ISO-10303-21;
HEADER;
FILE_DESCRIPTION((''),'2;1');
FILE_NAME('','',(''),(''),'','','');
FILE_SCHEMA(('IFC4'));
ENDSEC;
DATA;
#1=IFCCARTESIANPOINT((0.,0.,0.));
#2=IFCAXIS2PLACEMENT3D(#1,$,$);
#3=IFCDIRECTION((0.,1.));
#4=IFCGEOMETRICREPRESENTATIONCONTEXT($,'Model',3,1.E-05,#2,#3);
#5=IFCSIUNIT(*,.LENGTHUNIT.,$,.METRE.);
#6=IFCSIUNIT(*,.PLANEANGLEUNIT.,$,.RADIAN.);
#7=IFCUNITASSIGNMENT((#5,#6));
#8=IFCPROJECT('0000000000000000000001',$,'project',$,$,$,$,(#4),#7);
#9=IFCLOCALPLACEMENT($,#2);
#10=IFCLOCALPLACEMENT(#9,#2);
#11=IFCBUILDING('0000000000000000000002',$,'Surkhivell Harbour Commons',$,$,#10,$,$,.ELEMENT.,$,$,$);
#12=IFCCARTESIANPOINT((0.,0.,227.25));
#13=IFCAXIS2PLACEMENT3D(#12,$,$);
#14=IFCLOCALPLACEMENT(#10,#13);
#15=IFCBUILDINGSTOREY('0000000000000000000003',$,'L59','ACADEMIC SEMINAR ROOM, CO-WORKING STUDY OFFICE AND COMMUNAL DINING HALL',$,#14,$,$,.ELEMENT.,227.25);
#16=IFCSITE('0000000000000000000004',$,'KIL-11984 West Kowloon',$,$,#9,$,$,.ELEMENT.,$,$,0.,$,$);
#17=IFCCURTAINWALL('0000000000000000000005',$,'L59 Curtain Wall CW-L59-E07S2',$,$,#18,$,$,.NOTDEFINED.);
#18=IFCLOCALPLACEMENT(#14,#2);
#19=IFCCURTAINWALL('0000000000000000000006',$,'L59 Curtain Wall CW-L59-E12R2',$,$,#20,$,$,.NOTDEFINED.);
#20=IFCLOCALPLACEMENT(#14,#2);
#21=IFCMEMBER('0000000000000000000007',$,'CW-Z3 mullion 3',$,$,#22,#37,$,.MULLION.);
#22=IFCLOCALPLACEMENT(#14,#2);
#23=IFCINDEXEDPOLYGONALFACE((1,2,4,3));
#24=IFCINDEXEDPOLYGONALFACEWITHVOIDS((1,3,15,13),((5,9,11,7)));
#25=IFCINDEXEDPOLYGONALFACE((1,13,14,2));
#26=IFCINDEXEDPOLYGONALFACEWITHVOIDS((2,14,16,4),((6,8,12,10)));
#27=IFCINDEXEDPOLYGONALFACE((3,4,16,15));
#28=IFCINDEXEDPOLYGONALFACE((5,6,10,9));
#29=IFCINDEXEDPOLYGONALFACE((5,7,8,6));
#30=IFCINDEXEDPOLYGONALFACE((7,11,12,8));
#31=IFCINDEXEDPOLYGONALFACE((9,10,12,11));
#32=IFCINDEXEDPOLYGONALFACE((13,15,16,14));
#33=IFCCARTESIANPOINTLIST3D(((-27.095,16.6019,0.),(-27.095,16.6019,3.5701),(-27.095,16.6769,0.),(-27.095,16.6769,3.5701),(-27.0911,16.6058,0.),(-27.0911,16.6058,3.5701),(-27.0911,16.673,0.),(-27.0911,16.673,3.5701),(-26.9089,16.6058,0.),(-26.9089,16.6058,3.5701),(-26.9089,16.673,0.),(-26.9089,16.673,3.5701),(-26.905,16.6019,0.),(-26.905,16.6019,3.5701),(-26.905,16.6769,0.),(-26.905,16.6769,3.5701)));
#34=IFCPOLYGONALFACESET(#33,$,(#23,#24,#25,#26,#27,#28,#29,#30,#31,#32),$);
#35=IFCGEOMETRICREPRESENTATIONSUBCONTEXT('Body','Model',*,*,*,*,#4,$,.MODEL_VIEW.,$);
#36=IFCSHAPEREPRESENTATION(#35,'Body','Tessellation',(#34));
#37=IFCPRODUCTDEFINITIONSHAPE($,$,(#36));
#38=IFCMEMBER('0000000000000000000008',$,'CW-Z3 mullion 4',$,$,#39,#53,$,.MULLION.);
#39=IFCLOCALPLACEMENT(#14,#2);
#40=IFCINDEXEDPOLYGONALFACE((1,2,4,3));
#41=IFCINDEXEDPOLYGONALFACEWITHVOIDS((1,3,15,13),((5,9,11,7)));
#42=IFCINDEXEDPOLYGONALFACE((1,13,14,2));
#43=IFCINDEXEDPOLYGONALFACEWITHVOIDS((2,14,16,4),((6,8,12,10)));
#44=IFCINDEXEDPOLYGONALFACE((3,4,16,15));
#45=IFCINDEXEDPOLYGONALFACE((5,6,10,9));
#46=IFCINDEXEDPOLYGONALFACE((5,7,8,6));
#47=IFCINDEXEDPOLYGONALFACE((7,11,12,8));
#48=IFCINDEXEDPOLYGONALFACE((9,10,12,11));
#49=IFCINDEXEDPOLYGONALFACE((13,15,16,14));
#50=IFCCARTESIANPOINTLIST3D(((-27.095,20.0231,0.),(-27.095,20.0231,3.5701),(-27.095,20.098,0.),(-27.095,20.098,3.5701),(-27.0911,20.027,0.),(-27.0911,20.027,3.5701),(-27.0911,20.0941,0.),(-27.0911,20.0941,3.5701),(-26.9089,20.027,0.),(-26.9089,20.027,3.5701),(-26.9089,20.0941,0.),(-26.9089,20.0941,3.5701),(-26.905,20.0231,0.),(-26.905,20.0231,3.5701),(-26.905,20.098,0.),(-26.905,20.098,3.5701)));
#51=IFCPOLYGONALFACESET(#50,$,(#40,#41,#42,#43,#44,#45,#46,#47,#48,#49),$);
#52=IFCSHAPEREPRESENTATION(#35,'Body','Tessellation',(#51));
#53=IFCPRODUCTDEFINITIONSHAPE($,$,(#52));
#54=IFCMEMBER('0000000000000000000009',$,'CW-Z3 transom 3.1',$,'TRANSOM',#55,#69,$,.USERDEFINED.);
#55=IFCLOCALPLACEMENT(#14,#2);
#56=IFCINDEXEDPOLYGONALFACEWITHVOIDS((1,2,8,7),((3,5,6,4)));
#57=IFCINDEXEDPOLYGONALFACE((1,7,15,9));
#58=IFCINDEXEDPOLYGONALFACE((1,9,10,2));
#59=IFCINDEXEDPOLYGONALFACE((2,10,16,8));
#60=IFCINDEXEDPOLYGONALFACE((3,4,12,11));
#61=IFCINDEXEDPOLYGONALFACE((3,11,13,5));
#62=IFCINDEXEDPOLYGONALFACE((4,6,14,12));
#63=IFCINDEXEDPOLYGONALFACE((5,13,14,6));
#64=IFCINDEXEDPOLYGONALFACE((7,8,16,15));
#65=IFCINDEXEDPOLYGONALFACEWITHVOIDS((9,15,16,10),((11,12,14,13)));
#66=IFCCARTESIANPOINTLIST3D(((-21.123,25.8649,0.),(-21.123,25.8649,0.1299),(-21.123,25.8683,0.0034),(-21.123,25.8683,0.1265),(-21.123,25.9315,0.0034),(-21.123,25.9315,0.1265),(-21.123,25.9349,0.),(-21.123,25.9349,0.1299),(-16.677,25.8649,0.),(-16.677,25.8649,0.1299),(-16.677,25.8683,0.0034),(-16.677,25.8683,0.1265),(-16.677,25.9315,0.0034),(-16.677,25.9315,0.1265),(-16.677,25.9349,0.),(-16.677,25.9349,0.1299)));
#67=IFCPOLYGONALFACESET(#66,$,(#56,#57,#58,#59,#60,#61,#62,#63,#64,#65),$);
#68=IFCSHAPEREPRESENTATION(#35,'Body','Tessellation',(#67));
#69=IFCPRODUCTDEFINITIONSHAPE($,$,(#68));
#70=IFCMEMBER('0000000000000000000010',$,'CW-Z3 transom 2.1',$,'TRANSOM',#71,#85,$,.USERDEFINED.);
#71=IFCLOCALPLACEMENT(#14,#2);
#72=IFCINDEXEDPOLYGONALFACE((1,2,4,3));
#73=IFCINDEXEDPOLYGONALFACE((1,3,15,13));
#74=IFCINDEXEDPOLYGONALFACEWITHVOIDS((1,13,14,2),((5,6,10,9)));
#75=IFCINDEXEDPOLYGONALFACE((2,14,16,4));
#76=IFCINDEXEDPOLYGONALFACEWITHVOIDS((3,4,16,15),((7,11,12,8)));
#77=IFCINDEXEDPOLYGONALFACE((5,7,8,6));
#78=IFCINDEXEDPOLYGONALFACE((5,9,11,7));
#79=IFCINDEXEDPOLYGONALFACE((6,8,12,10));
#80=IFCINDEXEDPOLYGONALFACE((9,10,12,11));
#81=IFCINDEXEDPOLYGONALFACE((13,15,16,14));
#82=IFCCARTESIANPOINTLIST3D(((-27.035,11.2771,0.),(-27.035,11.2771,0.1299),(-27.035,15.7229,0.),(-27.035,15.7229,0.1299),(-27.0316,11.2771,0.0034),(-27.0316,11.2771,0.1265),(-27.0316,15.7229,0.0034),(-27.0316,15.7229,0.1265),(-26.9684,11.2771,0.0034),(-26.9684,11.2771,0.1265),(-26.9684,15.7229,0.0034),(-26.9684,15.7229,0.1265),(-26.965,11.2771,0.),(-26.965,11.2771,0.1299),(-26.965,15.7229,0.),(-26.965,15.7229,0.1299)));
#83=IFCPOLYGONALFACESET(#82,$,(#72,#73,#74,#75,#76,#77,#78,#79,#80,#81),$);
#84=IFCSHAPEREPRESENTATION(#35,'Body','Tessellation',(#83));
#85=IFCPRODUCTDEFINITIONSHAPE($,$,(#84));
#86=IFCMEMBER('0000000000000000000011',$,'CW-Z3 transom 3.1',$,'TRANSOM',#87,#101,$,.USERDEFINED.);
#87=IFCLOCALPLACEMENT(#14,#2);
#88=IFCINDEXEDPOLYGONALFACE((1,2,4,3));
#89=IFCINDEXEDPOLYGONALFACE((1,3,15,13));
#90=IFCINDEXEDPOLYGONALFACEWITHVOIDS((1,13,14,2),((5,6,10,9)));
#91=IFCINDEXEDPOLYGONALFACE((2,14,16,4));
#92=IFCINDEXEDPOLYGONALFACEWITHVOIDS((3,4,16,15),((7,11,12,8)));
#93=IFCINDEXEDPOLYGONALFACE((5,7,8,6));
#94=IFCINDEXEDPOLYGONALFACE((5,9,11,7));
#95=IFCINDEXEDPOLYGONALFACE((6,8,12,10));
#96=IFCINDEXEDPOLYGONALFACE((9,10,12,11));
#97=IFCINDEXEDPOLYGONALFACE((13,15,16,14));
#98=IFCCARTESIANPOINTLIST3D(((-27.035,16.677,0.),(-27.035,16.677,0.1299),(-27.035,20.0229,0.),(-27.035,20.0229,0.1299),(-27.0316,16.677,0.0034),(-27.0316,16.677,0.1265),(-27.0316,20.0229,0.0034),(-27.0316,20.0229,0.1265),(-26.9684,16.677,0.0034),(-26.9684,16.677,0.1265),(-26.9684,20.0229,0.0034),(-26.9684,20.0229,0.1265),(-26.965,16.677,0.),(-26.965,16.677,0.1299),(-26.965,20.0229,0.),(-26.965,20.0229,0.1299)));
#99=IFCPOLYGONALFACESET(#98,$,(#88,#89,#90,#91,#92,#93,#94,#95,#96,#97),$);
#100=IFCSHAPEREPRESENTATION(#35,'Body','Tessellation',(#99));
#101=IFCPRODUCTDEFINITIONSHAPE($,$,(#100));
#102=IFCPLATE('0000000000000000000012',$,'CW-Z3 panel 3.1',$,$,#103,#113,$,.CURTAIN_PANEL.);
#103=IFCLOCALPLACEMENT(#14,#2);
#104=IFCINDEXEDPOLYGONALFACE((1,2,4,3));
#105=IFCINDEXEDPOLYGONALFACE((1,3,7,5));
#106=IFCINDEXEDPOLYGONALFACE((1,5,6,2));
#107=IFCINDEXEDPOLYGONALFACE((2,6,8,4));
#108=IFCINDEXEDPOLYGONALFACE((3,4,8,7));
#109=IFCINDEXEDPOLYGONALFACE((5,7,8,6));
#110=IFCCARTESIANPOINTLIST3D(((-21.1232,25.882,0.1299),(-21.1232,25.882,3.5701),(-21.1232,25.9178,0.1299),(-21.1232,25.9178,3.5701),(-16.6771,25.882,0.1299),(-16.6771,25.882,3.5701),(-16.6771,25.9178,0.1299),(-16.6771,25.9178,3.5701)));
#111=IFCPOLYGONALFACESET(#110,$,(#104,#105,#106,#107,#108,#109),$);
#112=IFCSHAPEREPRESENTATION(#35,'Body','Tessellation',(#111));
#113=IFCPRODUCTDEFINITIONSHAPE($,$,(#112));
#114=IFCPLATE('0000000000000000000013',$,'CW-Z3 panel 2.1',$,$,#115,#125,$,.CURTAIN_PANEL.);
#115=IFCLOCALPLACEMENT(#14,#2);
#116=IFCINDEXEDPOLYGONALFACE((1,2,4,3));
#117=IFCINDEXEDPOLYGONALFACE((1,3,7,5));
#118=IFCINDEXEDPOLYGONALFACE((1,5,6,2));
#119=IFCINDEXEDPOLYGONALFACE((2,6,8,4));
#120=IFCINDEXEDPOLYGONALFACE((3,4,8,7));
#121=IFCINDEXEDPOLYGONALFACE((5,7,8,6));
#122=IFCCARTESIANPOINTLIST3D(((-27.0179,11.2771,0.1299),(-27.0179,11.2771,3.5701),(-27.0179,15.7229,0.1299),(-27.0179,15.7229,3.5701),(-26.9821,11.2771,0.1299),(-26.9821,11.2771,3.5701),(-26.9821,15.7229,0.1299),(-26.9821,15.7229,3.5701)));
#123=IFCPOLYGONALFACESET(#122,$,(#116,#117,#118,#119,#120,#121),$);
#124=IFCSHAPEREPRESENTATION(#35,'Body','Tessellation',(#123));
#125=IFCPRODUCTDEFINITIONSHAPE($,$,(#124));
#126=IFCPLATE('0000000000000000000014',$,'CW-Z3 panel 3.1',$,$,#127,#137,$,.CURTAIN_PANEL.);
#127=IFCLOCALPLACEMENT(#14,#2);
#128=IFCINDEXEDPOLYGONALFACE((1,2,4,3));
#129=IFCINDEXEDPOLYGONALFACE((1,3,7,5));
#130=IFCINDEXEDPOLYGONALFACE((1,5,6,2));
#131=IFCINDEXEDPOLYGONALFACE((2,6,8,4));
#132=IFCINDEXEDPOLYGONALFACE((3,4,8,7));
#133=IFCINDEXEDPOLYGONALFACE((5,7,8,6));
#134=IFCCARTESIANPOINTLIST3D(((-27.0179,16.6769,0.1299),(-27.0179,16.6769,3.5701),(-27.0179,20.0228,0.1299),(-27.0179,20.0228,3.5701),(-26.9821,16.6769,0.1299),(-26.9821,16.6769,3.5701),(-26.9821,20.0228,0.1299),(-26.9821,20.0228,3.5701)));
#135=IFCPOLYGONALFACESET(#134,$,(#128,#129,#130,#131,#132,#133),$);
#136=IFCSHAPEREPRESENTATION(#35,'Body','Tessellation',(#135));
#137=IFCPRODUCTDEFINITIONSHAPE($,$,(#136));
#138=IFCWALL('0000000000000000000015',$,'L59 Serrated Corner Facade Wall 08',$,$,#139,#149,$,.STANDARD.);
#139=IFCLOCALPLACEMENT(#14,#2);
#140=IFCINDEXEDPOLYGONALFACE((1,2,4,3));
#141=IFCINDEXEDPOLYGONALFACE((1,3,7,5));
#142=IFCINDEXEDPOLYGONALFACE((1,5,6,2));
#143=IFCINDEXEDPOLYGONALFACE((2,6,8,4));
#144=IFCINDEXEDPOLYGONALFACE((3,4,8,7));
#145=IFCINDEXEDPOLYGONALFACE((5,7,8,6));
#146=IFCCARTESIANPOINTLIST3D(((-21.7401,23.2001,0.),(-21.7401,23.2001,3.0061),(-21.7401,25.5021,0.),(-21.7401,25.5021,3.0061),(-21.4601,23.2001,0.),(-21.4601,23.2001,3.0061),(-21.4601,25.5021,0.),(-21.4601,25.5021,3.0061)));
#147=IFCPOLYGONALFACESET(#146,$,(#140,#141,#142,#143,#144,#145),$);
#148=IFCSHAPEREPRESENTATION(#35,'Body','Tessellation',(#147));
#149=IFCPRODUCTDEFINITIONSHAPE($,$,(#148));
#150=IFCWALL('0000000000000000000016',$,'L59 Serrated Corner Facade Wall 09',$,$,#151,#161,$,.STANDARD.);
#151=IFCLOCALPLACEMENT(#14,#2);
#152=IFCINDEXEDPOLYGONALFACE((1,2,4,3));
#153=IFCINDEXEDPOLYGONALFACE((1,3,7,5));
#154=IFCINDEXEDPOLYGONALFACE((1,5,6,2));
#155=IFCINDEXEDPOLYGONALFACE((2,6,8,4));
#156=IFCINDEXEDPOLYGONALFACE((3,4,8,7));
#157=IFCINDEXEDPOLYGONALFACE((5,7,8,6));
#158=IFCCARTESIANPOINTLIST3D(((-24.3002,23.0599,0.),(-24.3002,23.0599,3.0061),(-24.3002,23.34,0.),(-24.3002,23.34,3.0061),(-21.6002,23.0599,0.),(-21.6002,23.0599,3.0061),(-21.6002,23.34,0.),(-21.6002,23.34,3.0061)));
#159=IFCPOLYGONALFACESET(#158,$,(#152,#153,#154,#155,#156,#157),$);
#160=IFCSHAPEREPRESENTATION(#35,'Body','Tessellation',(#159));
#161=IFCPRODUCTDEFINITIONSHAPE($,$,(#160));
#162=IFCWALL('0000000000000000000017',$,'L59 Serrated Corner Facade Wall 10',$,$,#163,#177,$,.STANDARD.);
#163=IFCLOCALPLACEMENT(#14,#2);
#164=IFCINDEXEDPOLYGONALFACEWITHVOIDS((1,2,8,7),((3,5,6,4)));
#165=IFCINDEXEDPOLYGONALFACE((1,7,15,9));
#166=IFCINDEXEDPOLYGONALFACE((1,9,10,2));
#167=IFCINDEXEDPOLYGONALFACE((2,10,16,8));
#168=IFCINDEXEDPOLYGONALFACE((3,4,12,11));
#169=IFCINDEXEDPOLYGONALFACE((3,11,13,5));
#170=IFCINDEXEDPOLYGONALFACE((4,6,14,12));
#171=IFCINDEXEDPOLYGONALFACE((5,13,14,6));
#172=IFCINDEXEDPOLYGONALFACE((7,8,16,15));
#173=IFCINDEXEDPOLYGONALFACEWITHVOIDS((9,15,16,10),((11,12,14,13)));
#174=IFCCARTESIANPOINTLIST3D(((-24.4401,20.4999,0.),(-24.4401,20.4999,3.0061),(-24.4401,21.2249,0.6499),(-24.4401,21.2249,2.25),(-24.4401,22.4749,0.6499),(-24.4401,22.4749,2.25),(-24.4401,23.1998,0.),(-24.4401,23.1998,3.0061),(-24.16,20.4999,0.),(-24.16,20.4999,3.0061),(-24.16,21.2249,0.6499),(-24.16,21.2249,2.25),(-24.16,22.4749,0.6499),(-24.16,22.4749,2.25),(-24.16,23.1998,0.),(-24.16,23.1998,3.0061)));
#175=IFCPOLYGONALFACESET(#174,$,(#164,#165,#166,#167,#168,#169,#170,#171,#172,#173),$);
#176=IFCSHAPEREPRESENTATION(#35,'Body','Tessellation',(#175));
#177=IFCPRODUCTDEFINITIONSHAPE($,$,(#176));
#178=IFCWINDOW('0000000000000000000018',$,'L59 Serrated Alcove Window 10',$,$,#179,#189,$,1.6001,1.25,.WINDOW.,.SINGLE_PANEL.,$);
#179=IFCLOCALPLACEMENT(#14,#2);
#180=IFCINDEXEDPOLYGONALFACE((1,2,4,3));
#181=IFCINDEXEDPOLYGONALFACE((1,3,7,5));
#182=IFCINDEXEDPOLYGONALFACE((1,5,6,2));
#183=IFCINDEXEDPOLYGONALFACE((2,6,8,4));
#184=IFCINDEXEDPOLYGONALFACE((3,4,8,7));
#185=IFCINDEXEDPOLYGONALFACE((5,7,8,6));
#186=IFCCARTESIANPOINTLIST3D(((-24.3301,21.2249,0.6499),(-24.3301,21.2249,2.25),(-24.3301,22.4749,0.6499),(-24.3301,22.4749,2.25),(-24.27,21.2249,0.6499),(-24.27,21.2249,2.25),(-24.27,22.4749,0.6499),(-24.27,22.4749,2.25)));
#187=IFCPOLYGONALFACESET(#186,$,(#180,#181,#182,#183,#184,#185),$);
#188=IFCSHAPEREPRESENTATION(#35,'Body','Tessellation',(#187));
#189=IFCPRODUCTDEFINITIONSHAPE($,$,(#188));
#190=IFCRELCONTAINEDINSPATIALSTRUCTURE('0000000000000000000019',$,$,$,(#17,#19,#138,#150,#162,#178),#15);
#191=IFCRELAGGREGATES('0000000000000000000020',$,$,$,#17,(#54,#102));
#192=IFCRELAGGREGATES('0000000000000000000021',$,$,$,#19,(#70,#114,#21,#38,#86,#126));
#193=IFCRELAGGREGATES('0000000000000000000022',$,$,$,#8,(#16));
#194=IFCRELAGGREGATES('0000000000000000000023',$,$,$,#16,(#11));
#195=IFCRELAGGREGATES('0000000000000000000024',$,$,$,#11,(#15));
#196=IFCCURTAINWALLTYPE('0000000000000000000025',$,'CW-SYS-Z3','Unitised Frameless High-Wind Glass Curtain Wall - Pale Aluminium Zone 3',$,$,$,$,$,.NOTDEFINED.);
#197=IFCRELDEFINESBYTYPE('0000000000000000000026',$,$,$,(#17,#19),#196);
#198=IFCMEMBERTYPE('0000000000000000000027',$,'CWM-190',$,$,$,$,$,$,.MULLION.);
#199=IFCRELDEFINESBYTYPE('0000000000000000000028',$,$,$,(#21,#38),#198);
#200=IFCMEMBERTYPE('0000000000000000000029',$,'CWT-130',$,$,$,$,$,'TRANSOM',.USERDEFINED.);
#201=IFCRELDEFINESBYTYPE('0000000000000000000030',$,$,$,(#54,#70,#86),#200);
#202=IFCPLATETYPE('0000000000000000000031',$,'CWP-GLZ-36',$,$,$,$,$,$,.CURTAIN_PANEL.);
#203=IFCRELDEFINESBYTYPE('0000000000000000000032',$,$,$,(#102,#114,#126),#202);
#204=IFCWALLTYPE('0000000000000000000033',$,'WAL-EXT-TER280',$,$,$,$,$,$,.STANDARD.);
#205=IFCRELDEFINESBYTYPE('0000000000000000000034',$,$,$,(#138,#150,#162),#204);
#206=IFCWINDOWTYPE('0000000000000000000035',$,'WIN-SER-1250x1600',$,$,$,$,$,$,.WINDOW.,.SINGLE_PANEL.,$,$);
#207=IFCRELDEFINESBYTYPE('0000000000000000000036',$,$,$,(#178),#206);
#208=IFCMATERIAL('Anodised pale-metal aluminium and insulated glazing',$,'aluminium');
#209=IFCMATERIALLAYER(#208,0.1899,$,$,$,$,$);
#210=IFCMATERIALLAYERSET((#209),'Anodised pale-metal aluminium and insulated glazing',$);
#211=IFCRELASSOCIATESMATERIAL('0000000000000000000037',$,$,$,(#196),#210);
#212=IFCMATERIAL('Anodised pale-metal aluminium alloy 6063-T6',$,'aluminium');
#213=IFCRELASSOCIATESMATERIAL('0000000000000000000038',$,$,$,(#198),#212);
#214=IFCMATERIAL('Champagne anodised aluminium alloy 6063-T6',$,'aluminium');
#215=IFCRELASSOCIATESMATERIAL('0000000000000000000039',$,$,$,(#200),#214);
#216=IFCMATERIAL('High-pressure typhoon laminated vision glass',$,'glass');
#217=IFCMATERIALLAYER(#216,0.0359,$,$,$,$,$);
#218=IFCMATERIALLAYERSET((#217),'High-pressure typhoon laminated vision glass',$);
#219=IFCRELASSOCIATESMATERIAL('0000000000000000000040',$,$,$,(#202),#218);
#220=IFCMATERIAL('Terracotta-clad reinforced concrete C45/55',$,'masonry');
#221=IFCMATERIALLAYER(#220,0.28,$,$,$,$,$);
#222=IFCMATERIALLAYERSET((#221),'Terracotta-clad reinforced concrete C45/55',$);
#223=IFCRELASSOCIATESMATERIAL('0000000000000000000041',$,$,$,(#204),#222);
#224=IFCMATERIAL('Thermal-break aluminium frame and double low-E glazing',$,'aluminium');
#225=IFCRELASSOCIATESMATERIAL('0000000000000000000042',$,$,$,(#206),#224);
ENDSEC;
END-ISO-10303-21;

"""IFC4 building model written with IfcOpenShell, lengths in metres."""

from ifc_helpers import new_model, si_unit, direction, frame, frame_2d, origin, origin_2d, place, context, subcontext, project, spatial, rectangle, hollow_rectangle, extrude, material, layer, layer_set, material_profile, profile_set, type_object, element, fill, aggregate, save


model = new_model("IFC4")

# Units and contexts
model_context = context("Model", 3, precision=1e-05, world=origin(), true_north=direction((0.0, 1.0)))
body_context = subcontext(model_context, "Body", "Model", "MODEL_VIEW")
ifc_project = project(units=[si_unit("LENGTHUNIT", "METRE"), si_unit("PLANEANGLEUNIT", "RADIAN")], contexts=[model_context])

# Site, building, storey
site_placement = place(None, origin())
site = spatial("IfcSite", under=ifc_project, at=site_placement, Name="KIL-11984 West Kowloon", CompositionType="ELEMENT", RefElevation=0.0)
building_placement = place(site_placement, origin())
building = spatial("IfcBuilding", under=site, at=building_placement, Name="Surkhivell Harbour Commons", CompositionType="ELEMENT")
storey_placement = place(building_placement, frame((0.0, 0.0, 227.25)))
storey = spatial("IfcBuildingStorey", under=building, at=storey_placement, Name="L59", Description="ACADEMIC SEMINAR ROOM, CO-WORKING STUDY OFFICE AND COMMUNAL DINING HALL", CompositionType="ELEMENT", Elevation=227.25)

# Curtain walls, members
ifc_material_1 = material(Name="Anodised pale-metal aluminium and insulated glazing", Category="aluminium")
ifc_layer_1 = layer(ifc_material_1, 0.1899)
ifc_layer_set_1 = layer_set([ifc_layer_1], Name="Anodised pale-metal aluminium and insulated glazing")
curtain_wall_type = type_object("IfcCurtainWallType", Name="CW-SYS-Z3", Description="Unitised Frameless High-Wind Glass Curtain Wall - Pale Aluminium Zone 3", PredefinedType="NOTDEFINED", material=ifc_layer_set_1)
curtain_wall_1_placement = place(storey_placement, origin())
curtain_wall_1 = element("IfcCurtainWall", 1, at=curtain_wall_1_placement, inside=storey, type_object=curtain_wall_type, Name="L59 Curtain Wall CW-L59-E07S2", PredefinedType="NOTDEFINED")
ifc_material_2 = material(Name="Anodised pale-metal aluminium alloy 6063-T6", Category="aluminium")
ifc_material_profile_1 = material_profile(ifc_material_2, hollow_rectangle(XDim=0.075, YDim=0.1899, WallThickness=0.0039, at=origin_2d()), Name="ALU-MULL-75x190")
ifc_profile_set_1 = profile_set([ifc_material_profile_1], Name="Anodised pale-metal aluminium alloy 6063-T6")
member_type_1 = type_object("IfcMemberType", Name="CWM-190", PredefinedType="MULLION", material=ifc_profile_set_1)
curtain_wall_2_placement = place(storey_placement, origin())
curtain_wall_2 = element("IfcCurtainWall", 2, at=curtain_wall_2_placement, inside=storey, type_object=curtain_wall_type, Name="L59 Curtain Wall CW-L59-E12R2", PredefinedType="NOTDEFINED")
member_1_placement = place(storey_placement, frame((-27.0, 16.6394, 0.0), z_axis=(0.0, 0.0, 1.0), x_axis=(0.0, 1.0, 0.0)))
member_1 = element("IfcMember", 3, at=member_1_placement, type_object=member_type_1, Name="CW-Z3 mullion 3", PredefinedType="MULLION", context=body_context, shape_type="SweptSolid", body=[
    extrude(hollow_rectangle(XDim=0.075, YDim=0.1899, WallThickness=0.0039, at=origin_2d()), origin(), (0.0, 0.0, 1.0), 3.5701),
])
member_2_placement = place(storey_placement, frame((-27.0, 20.0605, 0.0), z_axis=(0.0, 0.0, 1.0), x_axis=(0.0, 1.0, 0.0)))
member_2 = element("IfcMember", 4, at=member_2_placement, type_object=member_type_1, Name="CW-Z3 mullion 4", PredefinedType="MULLION", context=body_context, shape_type="SweptSolid", body=[
    extrude(hollow_rectangle(XDim=0.075, YDim=0.1899, WallThickness=0.0039, at=origin_2d()), origin(), (0.0, 0.0, 1.0), 3.5701),
])

# Members
ifc_material_3 = material(Name="Champagne anodised aluminium alloy 6063-T6", Category="aluminium")
ifc_material_profile_2 = material_profile(ifc_material_3, hollow_rectangle(XDim=0.0701, YDim=0.1299, WallThickness=0.0034, at=origin_2d()), Name="ALU-TRAN-70x130")
ifc_profile_set_2 = profile_set([ifc_material_profile_2], Name="Champagne anodised aluminium alloy 6063-T6")
member_type_2 = type_object("IfcMemberType", Name="CWT-130", ElementType="TRANSOM", PredefinedType="USERDEFINED", material=ifc_profile_set_2)
member_3_placement = place(storey_placement, frame((-16.677, 25.8999, 0.0649), z_axis=(-1.0, 0.0, 0.0), x_axis=(0.0, -1.0, 0.0)))
member_3 = element("IfcMember", 5, at=member_3_placement, type_object=member_type_2, Name="CW-Z3 transom 3.1", ObjectType="TRANSOM", PredefinedType="USERDEFINED", context=body_context, shape_type="SweptSolid", body=[
    extrude(hollow_rectangle(XDim=0.0701, YDim=0.1299, WallThickness=0.0034, at=origin_2d()), origin(), (0.0, 0.0, 1.0), 4.446),
])
member_4_placement = place(storey_placement, frame((-27.0, 11.2771, 0.0649), z_axis=(0.0, 1.0, 0.0), x_axis=(-1.0, 0.0, 0.0)))
member_4 = element("IfcMember", 6, at=member_4_placement, type_object=member_type_2, Name="CW-Z3 transom 2.1", ObjectType="TRANSOM", PredefinedType="USERDEFINED", context=body_context, shape_type="SweptSolid", body=[
    extrude(hollow_rectangle(XDim=0.0701, YDim=0.1299, WallThickness=0.0034, at=origin_2d()), origin(), (0.0, 0.0, 1.0), 4.4458),
])
member_5_placement = place(storey_placement, frame((-27.0, 16.677, 0.0649), z_axis=(0.0, 1.0, 0.0), x_axis=(-1.0, 0.0, 0.0)))
member_5 = element("IfcMember", 7, at=member_5_placement, type_object=member_type_2, Name="CW-Z3 transom 3.1", ObjectType="TRANSOM", PredefinedType="USERDEFINED", context=body_context, shape_type="SweptSolid", body=[
    extrude(hollow_rectangle(XDim=0.0701, YDim=0.1299, WallThickness=0.0034, at=origin_2d()), origin(), (0.0, 0.0, 1.0), 3.3459),
])

# Plates
ifc_material_4 = material(Name="High-pressure typhoon laminated vision glass", Category="glass")
ifc_layer_2 = layer(ifc_material_4, 0.0359)
ifc_layer_set_2 = layer_set([ifc_layer_2], Name="High-pressure typhoon laminated vision glass")
plate_type = type_object("IfcPlateType", Name="CWP-GLZ-36", PredefinedType="CURTAIN_PANEL", material=ifc_layer_set_2)
plate_1_placement = place(storey_placement, frame((-16.677, 25.8999, 0.1299), z_axis=(0.0, 0.0, 1.0), x_axis=(-1.0, 0.0, 0.0)))
plate_1 = element("IfcPlate", 8, at=plate_1_placement, type_object=plate_type, Name="CW-Z3 panel 3.1", PredefinedType="CURTAIN_PANEL", context=body_context, shape_type="SweptSolid", body=[
    extrude(rectangle(XDim=4.446, YDim=0.0359, at=frame_2d((2.2231, 0.0))), origin(), (0.0, 0.0, 1.0), 3.4402),
])
aggregate(curtain_wall_1, [member_3, plate_1])
plate_2_placement = place(storey_placement, frame((-27.0, 11.2771, 0.1299), z_axis=(0.0, 0.0, 1.0), x_axis=(0.0, 1.0, 0.0)))
plate_2 = element("IfcPlate", 9, at=plate_2_placement, type_object=plate_type, Name="CW-Z3 panel 2.1", PredefinedType="CURTAIN_PANEL", context=body_context, shape_type="SweptSolid", body=[
    extrude(rectangle(XDim=4.4458, YDim=0.0359, at=frame_2d((2.2229, 0.0))), origin(), (0.0, 0.0, 1.0), 3.4402),
])
plate_3_placement = place(storey_placement, frame((-27.0, 16.677, 0.1299), z_axis=(0.0, 0.0, 1.0), x_axis=(0.0, 1.0, 0.0)))
plate_3 = element("IfcPlate", 10, at=plate_3_placement, type_object=plate_type, Name="CW-Z3 panel 3.1", PredefinedType="CURTAIN_PANEL", context=body_context, shape_type="SweptSolid", body=[
    extrude(rectangle(XDim=3.3459, YDim=0.0359, at=frame_2d((1.6729, 0.0))), origin(), (0.0, 0.0, 1.0), 3.4402),
])
aggregate(curtain_wall_2, [member_4, plate_2, member_1, member_2, member_5, plate_3])

# Walls
ifc_material_5 = material(Name="Terracotta-clad reinforced concrete C45/55", Category="masonry")
ifc_layer_3 = layer(ifc_material_5, 0.28)
ifc_layer_set_3 = layer_set([ifc_layer_3], Name="Terracotta-clad reinforced concrete C45/55")
wall_type = type_object("IfcWallType", Name="WAL-EXT-TER280", PredefinedType="STANDARD", material=ifc_layer_set_3)
wall_1_placement = place(storey_placement, frame((-21.6001, 25.502, 0.0), z_axis=(0.0, 0.0, 1.0), x_axis=(0.0, -1.0, 0.0)))
element("IfcWall", 11, at=wall_1_placement, inside=storey, type_object=wall_type, Name="L59 Serrated Corner Facade Wall 08", PredefinedType="STANDARD", context=body_context, shape_type="SweptSolid", body=[
    extrude(rectangle(XDim=2.302, YDim=0.28, at=frame_2d((1.1509, 0.0))), origin(), (0.0, 0.0, 1.0), 3.0061),
])
wall_2_placement = place(storey_placement, frame((-21.6001, 23.2, 0.0), z_axis=(0.0, 0.0, 1.0), x_axis=(-1.0, 0.0, 0.0)))
element("IfcWall", 12, at=wall_2_placement, inside=storey, type_object=wall_type, Name="L59 Serrated Corner Facade Wall 09", PredefinedType="STANDARD", context=body_context, shape_type="SweptSolid", body=[
    extrude(rectangle(XDim=2.7, YDim=0.28, at=frame_2d((1.3501, 0.0))), origin(), (0.0, 0.0, 1.0), 3.0061),
])

# Wall, opening, window
wall_3_placement = place(storey_placement, frame((-24.3, 23.2, 0.0), z_axis=(0.0, 0.0, 1.0), x_axis=(0.0, -1.0, 0.0)))
wall_3 = element("IfcWall", 13, at=wall_3_placement, inside=storey, type_object=wall_type, Name="L59 Serrated Corner Facade Wall 10", PredefinedType="STANDARD", context=body_context, shape_type="SweptSolid", body=[
    extrude(rectangle(XDim=2.7, YDim=0.28, at=frame_2d((1.3501, 0.0))), origin(), (0.0, 0.0, 1.0), 3.0061),
])
opening_placement = place(wall_3_placement, frame((0.7251, 0.0, 0.6499)))
opening = element("IfcOpeningElement", 14, at=opening_placement, cuts=wall_3, PredefinedType="OPENING", context=body_context, shape_type="SweptSolid", body=[
    extrude(rectangle(XDim=1.25, YDim=1.6001, at=frame_2d((0.625, 0.8))), frame((0.0, 0.1499, 0.0), z_axis=(0.0, -1.0, 0.0), x_axis=(1.0, 0.0, 0.0)), (0.0, 0.0, 1.0), 0.3),
])
ifc_material_6 = material(Name="Thermal-break aluminium frame and double low-E glazing", Category="aluminium")
window_type = type_object("IfcWindowType", Name="WIN-SER-1250x1600", PartitioningType="SINGLE_PANEL", PredefinedType="WINDOW", material=ifc_material_6)
window_placement = place(opening_placement, origin())
window = element("IfcWindow", 15, at=window_placement, inside=storey, type_object=window_type, Name="L59 Serrated Alcove Window 10", OverallHeight=1.6001, OverallWidth=1.25, PartitioningType="SINGLE_PANEL", PredefinedType="WINDOW", context=body_context, shape_type="SweptSolid", body=[
    extrude(rectangle(XDim=1.25, YDim=1.6001, at=frame_2d((0.625, 0.8))), frame((0.0, 0.03, 0.0), z_axis=(0.0, -1.0, 0.0), x_axis=(1.0, 0.0, 0.0)), (0.0, 0.0, 1.0), 0.0601),
])
fill(opening, window)

save(model, "model.ifc")
